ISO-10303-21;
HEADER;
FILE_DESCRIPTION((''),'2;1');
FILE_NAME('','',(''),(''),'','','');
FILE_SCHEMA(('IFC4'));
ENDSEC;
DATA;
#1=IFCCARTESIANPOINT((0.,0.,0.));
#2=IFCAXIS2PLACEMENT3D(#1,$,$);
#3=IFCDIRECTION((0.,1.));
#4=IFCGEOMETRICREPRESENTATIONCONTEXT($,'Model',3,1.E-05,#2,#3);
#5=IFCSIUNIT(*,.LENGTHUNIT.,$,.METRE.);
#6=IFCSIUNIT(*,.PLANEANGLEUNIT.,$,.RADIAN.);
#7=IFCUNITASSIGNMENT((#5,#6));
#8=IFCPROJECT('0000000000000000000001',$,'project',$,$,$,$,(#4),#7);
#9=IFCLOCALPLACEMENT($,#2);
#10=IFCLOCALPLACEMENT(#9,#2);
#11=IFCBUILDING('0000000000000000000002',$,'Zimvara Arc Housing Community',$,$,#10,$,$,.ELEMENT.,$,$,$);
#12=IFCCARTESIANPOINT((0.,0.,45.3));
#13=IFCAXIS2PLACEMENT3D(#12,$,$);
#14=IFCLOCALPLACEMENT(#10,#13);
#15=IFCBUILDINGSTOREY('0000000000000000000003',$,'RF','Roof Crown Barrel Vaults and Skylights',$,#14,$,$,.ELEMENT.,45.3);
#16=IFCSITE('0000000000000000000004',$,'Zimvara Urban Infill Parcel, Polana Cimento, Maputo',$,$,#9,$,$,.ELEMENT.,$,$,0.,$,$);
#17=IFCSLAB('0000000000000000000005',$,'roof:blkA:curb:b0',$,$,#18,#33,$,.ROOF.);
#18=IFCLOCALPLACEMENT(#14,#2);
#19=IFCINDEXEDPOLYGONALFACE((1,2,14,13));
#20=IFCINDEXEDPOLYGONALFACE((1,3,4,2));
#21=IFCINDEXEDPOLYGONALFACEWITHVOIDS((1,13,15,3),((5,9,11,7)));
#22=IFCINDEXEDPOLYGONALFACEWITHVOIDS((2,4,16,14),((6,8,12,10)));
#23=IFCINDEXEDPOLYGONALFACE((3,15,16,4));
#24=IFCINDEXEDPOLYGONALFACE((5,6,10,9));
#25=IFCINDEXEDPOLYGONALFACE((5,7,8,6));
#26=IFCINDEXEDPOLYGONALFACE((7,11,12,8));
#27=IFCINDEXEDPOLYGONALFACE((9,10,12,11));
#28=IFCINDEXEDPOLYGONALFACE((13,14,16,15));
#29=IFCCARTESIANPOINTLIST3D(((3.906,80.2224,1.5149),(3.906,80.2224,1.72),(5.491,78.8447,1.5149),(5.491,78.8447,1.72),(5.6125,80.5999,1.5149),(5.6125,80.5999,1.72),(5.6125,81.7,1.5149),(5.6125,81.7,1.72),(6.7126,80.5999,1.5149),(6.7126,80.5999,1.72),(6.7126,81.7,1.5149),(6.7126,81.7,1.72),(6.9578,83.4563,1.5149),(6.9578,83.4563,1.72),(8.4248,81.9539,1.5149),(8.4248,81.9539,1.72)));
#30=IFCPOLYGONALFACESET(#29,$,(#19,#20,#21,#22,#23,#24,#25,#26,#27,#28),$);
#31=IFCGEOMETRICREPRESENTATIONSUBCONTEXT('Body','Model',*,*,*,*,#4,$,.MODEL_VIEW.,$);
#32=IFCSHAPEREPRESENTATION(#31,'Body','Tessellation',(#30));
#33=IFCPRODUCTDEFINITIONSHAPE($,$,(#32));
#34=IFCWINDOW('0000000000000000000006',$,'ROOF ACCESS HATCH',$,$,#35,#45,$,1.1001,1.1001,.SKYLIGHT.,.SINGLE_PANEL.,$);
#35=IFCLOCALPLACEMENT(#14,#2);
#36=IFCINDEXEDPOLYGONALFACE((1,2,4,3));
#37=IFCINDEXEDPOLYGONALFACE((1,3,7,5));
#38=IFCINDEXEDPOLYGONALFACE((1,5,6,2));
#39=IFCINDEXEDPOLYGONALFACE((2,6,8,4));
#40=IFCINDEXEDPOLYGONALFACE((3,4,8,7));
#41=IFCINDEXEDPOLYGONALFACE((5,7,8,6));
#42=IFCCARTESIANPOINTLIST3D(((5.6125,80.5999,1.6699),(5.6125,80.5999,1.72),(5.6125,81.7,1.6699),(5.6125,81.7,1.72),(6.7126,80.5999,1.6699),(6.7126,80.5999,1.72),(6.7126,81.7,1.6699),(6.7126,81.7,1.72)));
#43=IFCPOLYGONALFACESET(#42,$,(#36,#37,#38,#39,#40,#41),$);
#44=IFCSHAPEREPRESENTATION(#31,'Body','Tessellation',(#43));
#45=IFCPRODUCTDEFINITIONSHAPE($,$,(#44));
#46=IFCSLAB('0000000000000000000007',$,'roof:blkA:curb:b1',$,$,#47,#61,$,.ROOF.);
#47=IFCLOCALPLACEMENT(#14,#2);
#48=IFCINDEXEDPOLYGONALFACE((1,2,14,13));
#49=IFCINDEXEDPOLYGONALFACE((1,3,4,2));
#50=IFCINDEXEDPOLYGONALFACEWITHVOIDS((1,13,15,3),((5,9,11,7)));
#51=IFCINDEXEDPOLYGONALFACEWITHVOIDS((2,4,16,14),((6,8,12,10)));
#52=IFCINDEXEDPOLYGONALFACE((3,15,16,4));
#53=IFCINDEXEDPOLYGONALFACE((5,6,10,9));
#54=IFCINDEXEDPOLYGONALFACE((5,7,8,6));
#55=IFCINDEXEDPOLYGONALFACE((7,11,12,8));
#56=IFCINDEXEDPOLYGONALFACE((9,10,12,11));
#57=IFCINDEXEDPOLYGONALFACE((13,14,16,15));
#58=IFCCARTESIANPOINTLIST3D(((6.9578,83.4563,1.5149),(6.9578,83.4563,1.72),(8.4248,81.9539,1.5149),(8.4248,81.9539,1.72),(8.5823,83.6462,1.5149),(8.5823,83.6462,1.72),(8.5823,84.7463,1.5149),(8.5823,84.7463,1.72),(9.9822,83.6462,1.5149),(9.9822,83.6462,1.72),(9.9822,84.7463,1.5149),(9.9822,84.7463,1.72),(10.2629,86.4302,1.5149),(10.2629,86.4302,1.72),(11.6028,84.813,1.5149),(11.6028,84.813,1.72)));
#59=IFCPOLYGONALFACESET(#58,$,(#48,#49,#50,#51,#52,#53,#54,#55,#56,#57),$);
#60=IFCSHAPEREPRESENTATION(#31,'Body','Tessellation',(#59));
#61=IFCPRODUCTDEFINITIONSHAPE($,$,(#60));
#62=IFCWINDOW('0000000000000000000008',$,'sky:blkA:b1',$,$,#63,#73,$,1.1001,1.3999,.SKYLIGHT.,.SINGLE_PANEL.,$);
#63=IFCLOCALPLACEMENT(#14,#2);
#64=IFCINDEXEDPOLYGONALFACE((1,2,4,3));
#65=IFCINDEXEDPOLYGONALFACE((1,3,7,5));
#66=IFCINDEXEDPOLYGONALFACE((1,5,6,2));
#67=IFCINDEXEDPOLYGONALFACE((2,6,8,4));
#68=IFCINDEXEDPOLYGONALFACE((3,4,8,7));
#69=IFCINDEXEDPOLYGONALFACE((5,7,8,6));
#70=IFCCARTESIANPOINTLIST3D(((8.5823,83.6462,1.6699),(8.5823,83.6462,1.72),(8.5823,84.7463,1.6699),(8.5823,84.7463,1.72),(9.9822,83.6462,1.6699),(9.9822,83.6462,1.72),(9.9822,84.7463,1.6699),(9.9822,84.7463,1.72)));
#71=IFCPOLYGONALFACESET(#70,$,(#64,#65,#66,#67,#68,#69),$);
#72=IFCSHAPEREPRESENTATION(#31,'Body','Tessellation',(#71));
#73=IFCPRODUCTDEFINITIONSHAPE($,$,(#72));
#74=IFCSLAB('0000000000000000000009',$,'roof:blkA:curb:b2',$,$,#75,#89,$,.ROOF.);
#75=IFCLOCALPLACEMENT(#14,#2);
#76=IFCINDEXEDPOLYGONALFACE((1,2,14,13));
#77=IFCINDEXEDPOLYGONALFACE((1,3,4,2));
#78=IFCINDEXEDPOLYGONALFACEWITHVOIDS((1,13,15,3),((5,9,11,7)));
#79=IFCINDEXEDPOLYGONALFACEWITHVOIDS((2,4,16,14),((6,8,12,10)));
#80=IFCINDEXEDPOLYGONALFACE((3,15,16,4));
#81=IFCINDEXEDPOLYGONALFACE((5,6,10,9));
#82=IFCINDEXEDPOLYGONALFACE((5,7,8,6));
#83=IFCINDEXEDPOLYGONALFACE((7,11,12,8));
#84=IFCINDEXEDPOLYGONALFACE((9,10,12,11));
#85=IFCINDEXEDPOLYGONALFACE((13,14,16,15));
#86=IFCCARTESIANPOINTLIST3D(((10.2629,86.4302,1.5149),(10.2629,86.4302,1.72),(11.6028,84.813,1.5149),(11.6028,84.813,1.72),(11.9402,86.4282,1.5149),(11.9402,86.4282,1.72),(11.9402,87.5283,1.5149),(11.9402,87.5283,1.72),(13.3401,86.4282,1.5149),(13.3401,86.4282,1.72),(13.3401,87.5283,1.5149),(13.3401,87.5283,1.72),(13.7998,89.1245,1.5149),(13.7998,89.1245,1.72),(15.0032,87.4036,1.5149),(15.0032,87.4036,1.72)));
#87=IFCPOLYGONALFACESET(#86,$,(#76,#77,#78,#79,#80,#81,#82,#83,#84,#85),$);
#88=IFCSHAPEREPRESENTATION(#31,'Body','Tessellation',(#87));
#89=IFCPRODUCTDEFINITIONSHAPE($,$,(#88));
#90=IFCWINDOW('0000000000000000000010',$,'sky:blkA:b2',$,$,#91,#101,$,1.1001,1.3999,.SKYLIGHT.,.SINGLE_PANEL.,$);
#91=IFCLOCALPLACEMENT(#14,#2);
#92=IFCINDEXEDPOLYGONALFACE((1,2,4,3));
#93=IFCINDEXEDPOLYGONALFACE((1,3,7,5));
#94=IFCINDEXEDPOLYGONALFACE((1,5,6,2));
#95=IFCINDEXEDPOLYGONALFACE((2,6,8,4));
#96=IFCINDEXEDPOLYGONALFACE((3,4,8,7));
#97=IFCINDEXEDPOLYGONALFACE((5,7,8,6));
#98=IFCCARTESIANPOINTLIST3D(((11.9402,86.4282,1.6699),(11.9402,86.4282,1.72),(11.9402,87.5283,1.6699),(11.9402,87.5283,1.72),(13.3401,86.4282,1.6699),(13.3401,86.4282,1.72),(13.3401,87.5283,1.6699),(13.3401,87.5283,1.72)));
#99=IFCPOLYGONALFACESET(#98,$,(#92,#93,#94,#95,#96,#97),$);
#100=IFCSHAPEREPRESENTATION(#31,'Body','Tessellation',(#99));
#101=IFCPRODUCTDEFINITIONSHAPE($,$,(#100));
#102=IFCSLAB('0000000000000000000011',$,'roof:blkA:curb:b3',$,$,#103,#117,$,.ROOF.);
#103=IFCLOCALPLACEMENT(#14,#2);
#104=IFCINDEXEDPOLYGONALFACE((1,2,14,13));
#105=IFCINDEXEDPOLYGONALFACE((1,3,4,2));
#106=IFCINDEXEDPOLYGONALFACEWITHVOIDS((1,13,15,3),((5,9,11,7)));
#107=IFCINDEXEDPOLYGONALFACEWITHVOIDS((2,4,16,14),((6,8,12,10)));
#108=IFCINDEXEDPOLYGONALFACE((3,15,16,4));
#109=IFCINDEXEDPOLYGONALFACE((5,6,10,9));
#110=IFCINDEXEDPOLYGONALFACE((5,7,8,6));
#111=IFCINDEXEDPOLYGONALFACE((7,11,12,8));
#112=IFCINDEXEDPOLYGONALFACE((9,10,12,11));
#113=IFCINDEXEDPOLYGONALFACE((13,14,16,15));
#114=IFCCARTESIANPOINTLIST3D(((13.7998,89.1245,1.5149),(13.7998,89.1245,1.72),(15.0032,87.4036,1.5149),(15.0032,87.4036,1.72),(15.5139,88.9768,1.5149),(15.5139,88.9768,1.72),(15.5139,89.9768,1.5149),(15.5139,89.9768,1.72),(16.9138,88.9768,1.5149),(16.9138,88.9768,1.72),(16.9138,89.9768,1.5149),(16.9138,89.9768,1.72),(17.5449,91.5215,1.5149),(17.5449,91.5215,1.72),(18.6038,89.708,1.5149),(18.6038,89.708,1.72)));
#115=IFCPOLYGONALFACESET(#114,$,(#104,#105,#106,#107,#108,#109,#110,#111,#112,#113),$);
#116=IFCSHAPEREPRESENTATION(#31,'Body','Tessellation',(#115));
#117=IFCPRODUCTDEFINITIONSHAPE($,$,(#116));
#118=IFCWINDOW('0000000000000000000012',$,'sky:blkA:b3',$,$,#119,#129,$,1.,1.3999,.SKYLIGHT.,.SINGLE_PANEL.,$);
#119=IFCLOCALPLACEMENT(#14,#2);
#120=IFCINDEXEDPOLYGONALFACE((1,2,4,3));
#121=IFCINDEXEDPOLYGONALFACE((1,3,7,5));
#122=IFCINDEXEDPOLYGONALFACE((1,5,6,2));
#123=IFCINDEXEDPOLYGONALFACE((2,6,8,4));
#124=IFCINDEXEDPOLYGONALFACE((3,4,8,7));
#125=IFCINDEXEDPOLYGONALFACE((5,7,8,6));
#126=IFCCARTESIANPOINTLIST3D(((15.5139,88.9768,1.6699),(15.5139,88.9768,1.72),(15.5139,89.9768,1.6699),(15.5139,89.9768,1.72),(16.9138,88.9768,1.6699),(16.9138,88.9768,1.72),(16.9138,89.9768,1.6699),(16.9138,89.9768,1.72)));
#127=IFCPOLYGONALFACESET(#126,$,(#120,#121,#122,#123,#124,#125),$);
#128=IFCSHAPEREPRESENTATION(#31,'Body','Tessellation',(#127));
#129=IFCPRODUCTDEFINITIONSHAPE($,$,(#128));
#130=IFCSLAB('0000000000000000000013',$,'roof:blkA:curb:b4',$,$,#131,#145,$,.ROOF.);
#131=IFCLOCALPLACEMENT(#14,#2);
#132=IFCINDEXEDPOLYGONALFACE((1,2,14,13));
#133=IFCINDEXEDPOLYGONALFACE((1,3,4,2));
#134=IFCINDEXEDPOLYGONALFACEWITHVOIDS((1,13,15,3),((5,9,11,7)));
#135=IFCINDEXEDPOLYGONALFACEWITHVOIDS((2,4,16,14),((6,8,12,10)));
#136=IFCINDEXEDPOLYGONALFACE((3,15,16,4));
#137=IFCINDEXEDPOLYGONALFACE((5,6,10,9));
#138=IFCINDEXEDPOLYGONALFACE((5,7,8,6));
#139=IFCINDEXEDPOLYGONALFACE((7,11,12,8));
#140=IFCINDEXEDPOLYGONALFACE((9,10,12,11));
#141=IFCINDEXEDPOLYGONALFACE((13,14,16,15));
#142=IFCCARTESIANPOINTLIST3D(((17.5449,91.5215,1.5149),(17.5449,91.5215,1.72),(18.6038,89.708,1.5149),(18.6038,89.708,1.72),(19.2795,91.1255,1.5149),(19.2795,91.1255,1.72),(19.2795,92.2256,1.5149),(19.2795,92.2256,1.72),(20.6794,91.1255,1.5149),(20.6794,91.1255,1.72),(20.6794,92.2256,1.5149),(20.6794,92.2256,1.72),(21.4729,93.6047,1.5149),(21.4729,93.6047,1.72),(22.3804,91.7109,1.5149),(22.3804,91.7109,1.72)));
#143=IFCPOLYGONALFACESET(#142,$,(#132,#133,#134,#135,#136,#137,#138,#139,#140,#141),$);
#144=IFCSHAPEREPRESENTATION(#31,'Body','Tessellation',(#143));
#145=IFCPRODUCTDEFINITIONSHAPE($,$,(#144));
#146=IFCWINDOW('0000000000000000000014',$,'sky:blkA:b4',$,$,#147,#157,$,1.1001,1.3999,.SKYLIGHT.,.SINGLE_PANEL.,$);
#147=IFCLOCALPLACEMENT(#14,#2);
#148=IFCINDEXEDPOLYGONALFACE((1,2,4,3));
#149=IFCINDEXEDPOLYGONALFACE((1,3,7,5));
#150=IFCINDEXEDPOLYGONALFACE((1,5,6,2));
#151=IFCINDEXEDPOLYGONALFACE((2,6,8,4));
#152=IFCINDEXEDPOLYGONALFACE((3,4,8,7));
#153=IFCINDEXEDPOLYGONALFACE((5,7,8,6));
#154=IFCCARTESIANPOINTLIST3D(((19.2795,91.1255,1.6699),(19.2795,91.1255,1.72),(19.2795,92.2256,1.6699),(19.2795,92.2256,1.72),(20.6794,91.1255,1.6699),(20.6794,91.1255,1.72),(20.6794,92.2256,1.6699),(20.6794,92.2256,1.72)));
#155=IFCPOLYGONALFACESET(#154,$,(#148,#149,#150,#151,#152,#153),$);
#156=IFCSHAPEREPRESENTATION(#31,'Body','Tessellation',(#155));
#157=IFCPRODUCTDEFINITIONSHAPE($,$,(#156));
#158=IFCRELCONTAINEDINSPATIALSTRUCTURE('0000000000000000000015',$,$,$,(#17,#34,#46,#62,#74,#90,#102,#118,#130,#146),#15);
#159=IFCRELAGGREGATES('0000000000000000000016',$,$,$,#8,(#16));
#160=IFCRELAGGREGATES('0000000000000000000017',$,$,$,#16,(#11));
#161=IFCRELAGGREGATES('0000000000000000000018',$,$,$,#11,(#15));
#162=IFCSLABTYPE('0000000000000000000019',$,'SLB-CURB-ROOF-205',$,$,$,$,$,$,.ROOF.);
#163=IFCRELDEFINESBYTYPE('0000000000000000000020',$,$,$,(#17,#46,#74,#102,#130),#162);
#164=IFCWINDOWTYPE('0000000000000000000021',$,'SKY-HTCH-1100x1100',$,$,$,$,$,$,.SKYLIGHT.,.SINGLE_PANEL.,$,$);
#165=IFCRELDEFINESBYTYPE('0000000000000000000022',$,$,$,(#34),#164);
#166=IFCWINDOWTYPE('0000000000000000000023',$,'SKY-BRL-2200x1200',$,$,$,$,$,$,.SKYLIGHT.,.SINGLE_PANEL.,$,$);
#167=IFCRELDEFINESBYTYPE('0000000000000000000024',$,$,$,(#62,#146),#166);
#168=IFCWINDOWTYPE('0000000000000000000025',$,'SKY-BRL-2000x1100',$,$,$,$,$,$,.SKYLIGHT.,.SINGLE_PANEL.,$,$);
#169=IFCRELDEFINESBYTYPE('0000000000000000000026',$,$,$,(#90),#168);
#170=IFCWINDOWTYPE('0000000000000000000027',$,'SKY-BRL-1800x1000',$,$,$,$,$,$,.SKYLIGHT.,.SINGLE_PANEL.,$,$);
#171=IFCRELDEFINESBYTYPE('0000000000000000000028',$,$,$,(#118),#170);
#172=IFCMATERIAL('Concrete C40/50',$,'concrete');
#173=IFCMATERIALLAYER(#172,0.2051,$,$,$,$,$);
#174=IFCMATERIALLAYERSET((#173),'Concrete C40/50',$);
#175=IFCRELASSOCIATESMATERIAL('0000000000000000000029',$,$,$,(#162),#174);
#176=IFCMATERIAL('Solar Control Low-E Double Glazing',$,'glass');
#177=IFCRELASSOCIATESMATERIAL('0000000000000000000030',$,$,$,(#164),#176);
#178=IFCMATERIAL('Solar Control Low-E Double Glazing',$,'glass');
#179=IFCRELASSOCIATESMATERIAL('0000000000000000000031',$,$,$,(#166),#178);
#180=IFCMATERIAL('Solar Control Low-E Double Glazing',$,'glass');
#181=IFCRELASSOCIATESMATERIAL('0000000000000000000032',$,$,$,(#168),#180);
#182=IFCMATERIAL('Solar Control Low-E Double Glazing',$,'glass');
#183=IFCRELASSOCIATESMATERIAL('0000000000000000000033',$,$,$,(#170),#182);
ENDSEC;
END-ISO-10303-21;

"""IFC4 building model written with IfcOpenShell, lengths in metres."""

from ifc_helpers import new_model, si_unit, direction, frame, origin, origin_2d, place, context, subcontext, project, spatial, polyline, rectangle, outline, extrude, material, layer, layer_set, type_object, element, fill, save


model = new_model("IFC4")

# Units and contexts
model_context = context("Model", 3, precision=1e-05, world=origin(), true_north=direction((0.0, 1.0)))
body_context = subcontext(model_context, "Body", "Model", "MODEL_VIEW")
ifc_project = project(units=[si_unit("LENGTHUNIT", "METRE"), si_unit("PLANEANGLEUNIT", "RADIAN")], contexts=[model_context])

# Site, building, storey
site_placement = place(None, origin())
site = spatial("IfcSite", under=ifc_project, at=site_placement, Name="Zimvara Urban Infill Parcel, Polana Cimento, Maputo", CompositionType="ELEMENT", RefElevation=0.0)
building_placement = place(site_placement, origin())
building = spatial("IfcBuilding", under=site, at=building_placement, Name="Zimvara Arc Housing Community", CompositionType="ELEMENT")
storey_placement = place(building_placement, frame((0.0, 0.0, 45.3)))
storey = spatial("IfcBuildingStorey", under=building, at=storey_placement, Name="RF", Description="Roof Crown Barrel Vaults and Skylights", CompositionType="ELEMENT", Elevation=45.3)

# Slabs, openings, windows
ifc_material_1 = material(Name="Concrete C40/50", Category="concrete")
ifc_layer_1 = layer(ifc_material_1, 0.2051)
ifc_layer_set_1 = layer_set([ifc_layer_1], Name="Concrete C40/50")
slab_type_1 = type_object("IfcSlabType", Name="SLB-CURB-ROOF-205", PredefinedType="ROOF", material=ifc_layer_set_1)
slab_1_placement = place(storey_placement, frame((0.0, 0.0, 1.5149)))
slab_1 = element("IfcSlab", 1, at=slab_1_placement, inside=storey, type_object=slab_type_1, Name="roof:blkA:curb:b0", PredefinedType="ROOF", context=body_context, shape_type="SweptSolid", body=[
    extrude(outline(polyline([(5.491, 78.8447), (8.4248, 81.9539), (6.9578, 83.4563), (3.906, 80.2224), (5.491, 78.8447)])), origin(), (0.0, 0.0, 1.0), 0.2051),
])
opening_1_placement = place(slab_1_placement, frame((6.1626, 81.1499, 0.0)))
opening_1 = element("IfcOpeningElement", 2, at=opening_1_placement, cuts=slab_1, PredefinedType="OPENING", context=body_context, shape_type="SweptSolid", body=[
    extrude(rectangle(XDim=1.1001, YDim=1.1001, at=origin_2d()), origin(), (0.0, 0.0, 1.0), 0.2051),
])
ifc_material_2 = material(Name="Solar Control Low-E Double Glazing", Category="glass")
window_type_1 = type_object("IfcWindowType", Name="SKY-HTCH-1100x1100", PartitioningType="SINGLE_PANEL", PredefinedType="SKYLIGHT", material=ifc_material_2)
window_1_placement = place(opening_1_placement, frame((0.0, 0.0, 0.155)))
window_1 = element("IfcWindow", 3, at=window_1_placement, inside=storey, type_object=window_type_1, Name="ROOF ACCESS HATCH", OverallHeight=1.1001, OverallWidth=1.1001, PartitioningType="SINGLE_PANEL", PredefinedType="SKYLIGHT", context=body_context, shape_type="SweptSolid", body=[
    extrude(rectangle(XDim=1.1001, YDim=1.1001, at=origin_2d()), origin(), (0.0, 0.0, 1.0), 0.05),
])
fill(opening_1, window_1)
slab_2_placement = place(storey_placement, frame((0.0, 0.0, 1.5149)))
slab_2 = element("IfcSlab", 4, at=slab_2_placement, inside=storey, type_object=slab_type_1, Name="roof:blkA:curb:b1", PredefinedType="ROOF", context=body_context, shape_type="SweptSolid", body=[
    extrude(outline(polyline([(8.4248, 81.9539), (11.6028, 84.813), (10.2629, 86.4302), (6.9578, 83.4563), (8.4248, 81.9539)])), origin(), (0.0, 0.0, 1.0), 0.2051),
])
opening_2_placement = place(slab_2_placement, frame((9.2822, 84.1963, 0.0)))
opening_2 = element("IfcOpeningElement", 5, at=opening_2_placement, cuts=slab_2, PredefinedType="OPENING", context=body_context, shape_type="SweptSolid", body=[
    extrude(rectangle(XDim=1.3999, YDim=1.1001, at=origin_2d()), origin(), (0.0, 0.0, 1.0), 0.2051),
])
ifc_material_3 = material(Name="Solar Control Low-E Double Glazing", Category="glass")
window_type_2 = type_object("IfcWindowType", Name="SKY-BRL-2200x1200", PartitioningType="SINGLE_PANEL", PredefinedType="SKYLIGHT", material=ifc_material_3)
window_2_placement = place(opening_2_placement, frame((0.0, 0.0, 0.155)))
window_2 = element("IfcWindow", 6, at=window_2_placement, inside=storey, type_object=window_type_2, Name="sky:blkA:b1", OverallHeight=1.1001, OverallWidth=1.3999, PartitioningType="SINGLE_PANEL", PredefinedType="SKYLIGHT", context=body_context, shape_type="SweptSolid", body=[
    extrude(rectangle(XDim=1.3999, YDim=1.1001, at=origin_2d()), origin(), (0.0, 0.0, 1.0), 0.05),
])
fill(opening_2, window_2)
slab_3_placement = place(storey_placement, frame((0.0, 0.0, 1.5149)))
slab_3 = element("IfcSlab", 7, at=slab_3_placement, inside=storey, type_object=slab_type_1, Name="roof:blkA:curb:b2", PredefinedType="ROOF", context=body_context, shape_type="SweptSolid", body=[
    extrude(outline(polyline([(11.6028, 84.813), (15.0032, 87.4036), (13.7998, 89.1245), (10.2629, 86.4302), (11.6028, 84.813)])), origin(), (0.0, 0.0, 1.0), 0.2051),
])
opening_3_placement = place(slab_3_placement, frame((12.6401, 86.9783, 0.0)))
opening_3 = element("IfcOpeningElement", 8, at=opening_3_placement, cuts=slab_3, PredefinedType="OPENING", context=body_context, shape_type="SweptSolid", body=[
    extrude(rectangle(XDim=1.3999, YDim=1.1001, at=origin_2d()), origin(), (0.0, 0.0, 1.0), 0.2051),
])
ifc_material_4 = material(Name="Solar Control Low-E Double Glazing", Category="glass")
window_type_3 = type_object("IfcWindowType", Name="SKY-BRL-2000x1100", PartitioningType="SINGLE_PANEL", PredefinedType="SKYLIGHT", material=ifc_material_4)
window_3_placement = place(opening_3_placement, frame((0.0, 0.0, 0.155)))
window_3 = element("IfcWindow", 9, at=window_3_placement, inside=storey, type_object=window_type_3, Name="sky:blkA:b2", OverallHeight=1.1001, OverallWidth=1.3999, PartitioningType="SINGLE_PANEL", PredefinedType="SKYLIGHT", context=body_context, shape_type="SweptSolid", body=[
    extrude(rectangle(XDim=1.3999, YDim=1.1001, at=origin_2d()), origin(), (0.0, 0.0, 1.0), 0.05),
])
fill(opening_3, window_3)
slab_4_placement = place(storey_placement, frame((0.0, 0.0, 1.5149)))
slab_4 = element("IfcSlab", 10, at=slab_4_placement, inside=storey, type_object=slab_type_1, Name="roof:blkA:curb:b3", PredefinedType="ROOF", context=body_context, shape_type="SweptSolid", body=[
    extrude(outline(polyline([(15.0032, 87.4036), (18.6038, 89.708), (17.5449, 91.5215), (13.7998, 89.1245), (15.0032, 87.4036)])), origin(), (0.0, 0.0, 1.0), 0.2051),
])
opening_4_placement = place(slab_4_placement, frame((16.2139, 89.4768, 0.0)))
opening_4 = element("IfcOpeningElement", 11, at=opening_4_placement, cuts=slab_4, PredefinedType="OPENING", context=body_context, shape_type="SweptSolid", body=[
    extrude(rectangle(XDim=1.3999, YDim=1.0, at=origin_2d()), origin(), (0.0, 0.0, 1.0), 0.2051),
])
ifc_material_5 = material(Name="Solar Control Low-E Double Glazing", Category="glass")
window_type_4 = type_object("IfcWindowType", Name="SKY-BRL-1800x1000", PartitioningType="SINGLE_PANEL", PredefinedType="SKYLIGHT", material=ifc_material_5)
window_4_placement = place(opening_4_placement, frame((0.0, 0.0, 0.155)))
window_4 = element("IfcWindow", 12, at=window_4_placement, inside=storey, type_object=window_type_4, Name="sky:blkA:b3", OverallHeight=1.0, OverallWidth=1.3999, PartitioningType="SINGLE_PANEL", PredefinedType="SKYLIGHT", context=body_context, shape_type="SweptSolid", body=[
    extrude(rectangle(XDim=1.3999, YDim=1.0, at=origin_2d()), origin(), (0.0, 0.0, 1.0), 0.05),
])
fill(opening_4, window_4)
slab_5_placement = place(storey_placement, frame((0.0, 0.0, 1.5149)))
slab_5 = element("IfcSlab", 13, at=slab_5_placement, inside=storey, type_object=slab_type_1, Name="roof:blkA:curb:b4", PredefinedType="ROOF", context=body_context, shape_type="SweptSolid", body=[
    extrude(outline(polyline([(18.6038, 89.708), (22.3804, 91.7109), (21.4729, 93.6047), (17.5449, 91.5215), (18.6038, 89.708)])), origin(), (0.0, 0.0, 1.0), 0.2051),
])
opening_5_placement = place(slab_5_placement, frame((19.9795, 91.6755, 0.0)))
opening_5 = element("IfcOpeningElement", 14, at=opening_5_placement, cuts=slab_5, PredefinedType="OPENING", context=body_context, shape_type="SweptSolid", body=[
    extrude(rectangle(XDim=1.3999, YDim=1.1001, at=origin_2d()), origin(), (0.0, 0.0, 1.0), 0.2051),
])
window_5_placement = place(opening_5_placement, frame((0.0, 0.0, 0.155)))
window_5 = element("IfcWindow", 15, at=window_5_placement, inside=storey, type_object=window_type_2, Name="sky:blkA:b4", OverallHeight=1.1001, OverallWidth=1.3999, PartitioningType="SINGLE_PANEL", PredefinedType="SKYLIGHT", context=body_context, shape_type="SweptSolid", body=[
    extrude(rectangle(XDim=1.3999, YDim=1.1001, at=origin_2d()), origin(), (0.0, 0.0, 1.0), 0.05),
])
fill(opening_5, window_5)

save(model, "model.ifc")
